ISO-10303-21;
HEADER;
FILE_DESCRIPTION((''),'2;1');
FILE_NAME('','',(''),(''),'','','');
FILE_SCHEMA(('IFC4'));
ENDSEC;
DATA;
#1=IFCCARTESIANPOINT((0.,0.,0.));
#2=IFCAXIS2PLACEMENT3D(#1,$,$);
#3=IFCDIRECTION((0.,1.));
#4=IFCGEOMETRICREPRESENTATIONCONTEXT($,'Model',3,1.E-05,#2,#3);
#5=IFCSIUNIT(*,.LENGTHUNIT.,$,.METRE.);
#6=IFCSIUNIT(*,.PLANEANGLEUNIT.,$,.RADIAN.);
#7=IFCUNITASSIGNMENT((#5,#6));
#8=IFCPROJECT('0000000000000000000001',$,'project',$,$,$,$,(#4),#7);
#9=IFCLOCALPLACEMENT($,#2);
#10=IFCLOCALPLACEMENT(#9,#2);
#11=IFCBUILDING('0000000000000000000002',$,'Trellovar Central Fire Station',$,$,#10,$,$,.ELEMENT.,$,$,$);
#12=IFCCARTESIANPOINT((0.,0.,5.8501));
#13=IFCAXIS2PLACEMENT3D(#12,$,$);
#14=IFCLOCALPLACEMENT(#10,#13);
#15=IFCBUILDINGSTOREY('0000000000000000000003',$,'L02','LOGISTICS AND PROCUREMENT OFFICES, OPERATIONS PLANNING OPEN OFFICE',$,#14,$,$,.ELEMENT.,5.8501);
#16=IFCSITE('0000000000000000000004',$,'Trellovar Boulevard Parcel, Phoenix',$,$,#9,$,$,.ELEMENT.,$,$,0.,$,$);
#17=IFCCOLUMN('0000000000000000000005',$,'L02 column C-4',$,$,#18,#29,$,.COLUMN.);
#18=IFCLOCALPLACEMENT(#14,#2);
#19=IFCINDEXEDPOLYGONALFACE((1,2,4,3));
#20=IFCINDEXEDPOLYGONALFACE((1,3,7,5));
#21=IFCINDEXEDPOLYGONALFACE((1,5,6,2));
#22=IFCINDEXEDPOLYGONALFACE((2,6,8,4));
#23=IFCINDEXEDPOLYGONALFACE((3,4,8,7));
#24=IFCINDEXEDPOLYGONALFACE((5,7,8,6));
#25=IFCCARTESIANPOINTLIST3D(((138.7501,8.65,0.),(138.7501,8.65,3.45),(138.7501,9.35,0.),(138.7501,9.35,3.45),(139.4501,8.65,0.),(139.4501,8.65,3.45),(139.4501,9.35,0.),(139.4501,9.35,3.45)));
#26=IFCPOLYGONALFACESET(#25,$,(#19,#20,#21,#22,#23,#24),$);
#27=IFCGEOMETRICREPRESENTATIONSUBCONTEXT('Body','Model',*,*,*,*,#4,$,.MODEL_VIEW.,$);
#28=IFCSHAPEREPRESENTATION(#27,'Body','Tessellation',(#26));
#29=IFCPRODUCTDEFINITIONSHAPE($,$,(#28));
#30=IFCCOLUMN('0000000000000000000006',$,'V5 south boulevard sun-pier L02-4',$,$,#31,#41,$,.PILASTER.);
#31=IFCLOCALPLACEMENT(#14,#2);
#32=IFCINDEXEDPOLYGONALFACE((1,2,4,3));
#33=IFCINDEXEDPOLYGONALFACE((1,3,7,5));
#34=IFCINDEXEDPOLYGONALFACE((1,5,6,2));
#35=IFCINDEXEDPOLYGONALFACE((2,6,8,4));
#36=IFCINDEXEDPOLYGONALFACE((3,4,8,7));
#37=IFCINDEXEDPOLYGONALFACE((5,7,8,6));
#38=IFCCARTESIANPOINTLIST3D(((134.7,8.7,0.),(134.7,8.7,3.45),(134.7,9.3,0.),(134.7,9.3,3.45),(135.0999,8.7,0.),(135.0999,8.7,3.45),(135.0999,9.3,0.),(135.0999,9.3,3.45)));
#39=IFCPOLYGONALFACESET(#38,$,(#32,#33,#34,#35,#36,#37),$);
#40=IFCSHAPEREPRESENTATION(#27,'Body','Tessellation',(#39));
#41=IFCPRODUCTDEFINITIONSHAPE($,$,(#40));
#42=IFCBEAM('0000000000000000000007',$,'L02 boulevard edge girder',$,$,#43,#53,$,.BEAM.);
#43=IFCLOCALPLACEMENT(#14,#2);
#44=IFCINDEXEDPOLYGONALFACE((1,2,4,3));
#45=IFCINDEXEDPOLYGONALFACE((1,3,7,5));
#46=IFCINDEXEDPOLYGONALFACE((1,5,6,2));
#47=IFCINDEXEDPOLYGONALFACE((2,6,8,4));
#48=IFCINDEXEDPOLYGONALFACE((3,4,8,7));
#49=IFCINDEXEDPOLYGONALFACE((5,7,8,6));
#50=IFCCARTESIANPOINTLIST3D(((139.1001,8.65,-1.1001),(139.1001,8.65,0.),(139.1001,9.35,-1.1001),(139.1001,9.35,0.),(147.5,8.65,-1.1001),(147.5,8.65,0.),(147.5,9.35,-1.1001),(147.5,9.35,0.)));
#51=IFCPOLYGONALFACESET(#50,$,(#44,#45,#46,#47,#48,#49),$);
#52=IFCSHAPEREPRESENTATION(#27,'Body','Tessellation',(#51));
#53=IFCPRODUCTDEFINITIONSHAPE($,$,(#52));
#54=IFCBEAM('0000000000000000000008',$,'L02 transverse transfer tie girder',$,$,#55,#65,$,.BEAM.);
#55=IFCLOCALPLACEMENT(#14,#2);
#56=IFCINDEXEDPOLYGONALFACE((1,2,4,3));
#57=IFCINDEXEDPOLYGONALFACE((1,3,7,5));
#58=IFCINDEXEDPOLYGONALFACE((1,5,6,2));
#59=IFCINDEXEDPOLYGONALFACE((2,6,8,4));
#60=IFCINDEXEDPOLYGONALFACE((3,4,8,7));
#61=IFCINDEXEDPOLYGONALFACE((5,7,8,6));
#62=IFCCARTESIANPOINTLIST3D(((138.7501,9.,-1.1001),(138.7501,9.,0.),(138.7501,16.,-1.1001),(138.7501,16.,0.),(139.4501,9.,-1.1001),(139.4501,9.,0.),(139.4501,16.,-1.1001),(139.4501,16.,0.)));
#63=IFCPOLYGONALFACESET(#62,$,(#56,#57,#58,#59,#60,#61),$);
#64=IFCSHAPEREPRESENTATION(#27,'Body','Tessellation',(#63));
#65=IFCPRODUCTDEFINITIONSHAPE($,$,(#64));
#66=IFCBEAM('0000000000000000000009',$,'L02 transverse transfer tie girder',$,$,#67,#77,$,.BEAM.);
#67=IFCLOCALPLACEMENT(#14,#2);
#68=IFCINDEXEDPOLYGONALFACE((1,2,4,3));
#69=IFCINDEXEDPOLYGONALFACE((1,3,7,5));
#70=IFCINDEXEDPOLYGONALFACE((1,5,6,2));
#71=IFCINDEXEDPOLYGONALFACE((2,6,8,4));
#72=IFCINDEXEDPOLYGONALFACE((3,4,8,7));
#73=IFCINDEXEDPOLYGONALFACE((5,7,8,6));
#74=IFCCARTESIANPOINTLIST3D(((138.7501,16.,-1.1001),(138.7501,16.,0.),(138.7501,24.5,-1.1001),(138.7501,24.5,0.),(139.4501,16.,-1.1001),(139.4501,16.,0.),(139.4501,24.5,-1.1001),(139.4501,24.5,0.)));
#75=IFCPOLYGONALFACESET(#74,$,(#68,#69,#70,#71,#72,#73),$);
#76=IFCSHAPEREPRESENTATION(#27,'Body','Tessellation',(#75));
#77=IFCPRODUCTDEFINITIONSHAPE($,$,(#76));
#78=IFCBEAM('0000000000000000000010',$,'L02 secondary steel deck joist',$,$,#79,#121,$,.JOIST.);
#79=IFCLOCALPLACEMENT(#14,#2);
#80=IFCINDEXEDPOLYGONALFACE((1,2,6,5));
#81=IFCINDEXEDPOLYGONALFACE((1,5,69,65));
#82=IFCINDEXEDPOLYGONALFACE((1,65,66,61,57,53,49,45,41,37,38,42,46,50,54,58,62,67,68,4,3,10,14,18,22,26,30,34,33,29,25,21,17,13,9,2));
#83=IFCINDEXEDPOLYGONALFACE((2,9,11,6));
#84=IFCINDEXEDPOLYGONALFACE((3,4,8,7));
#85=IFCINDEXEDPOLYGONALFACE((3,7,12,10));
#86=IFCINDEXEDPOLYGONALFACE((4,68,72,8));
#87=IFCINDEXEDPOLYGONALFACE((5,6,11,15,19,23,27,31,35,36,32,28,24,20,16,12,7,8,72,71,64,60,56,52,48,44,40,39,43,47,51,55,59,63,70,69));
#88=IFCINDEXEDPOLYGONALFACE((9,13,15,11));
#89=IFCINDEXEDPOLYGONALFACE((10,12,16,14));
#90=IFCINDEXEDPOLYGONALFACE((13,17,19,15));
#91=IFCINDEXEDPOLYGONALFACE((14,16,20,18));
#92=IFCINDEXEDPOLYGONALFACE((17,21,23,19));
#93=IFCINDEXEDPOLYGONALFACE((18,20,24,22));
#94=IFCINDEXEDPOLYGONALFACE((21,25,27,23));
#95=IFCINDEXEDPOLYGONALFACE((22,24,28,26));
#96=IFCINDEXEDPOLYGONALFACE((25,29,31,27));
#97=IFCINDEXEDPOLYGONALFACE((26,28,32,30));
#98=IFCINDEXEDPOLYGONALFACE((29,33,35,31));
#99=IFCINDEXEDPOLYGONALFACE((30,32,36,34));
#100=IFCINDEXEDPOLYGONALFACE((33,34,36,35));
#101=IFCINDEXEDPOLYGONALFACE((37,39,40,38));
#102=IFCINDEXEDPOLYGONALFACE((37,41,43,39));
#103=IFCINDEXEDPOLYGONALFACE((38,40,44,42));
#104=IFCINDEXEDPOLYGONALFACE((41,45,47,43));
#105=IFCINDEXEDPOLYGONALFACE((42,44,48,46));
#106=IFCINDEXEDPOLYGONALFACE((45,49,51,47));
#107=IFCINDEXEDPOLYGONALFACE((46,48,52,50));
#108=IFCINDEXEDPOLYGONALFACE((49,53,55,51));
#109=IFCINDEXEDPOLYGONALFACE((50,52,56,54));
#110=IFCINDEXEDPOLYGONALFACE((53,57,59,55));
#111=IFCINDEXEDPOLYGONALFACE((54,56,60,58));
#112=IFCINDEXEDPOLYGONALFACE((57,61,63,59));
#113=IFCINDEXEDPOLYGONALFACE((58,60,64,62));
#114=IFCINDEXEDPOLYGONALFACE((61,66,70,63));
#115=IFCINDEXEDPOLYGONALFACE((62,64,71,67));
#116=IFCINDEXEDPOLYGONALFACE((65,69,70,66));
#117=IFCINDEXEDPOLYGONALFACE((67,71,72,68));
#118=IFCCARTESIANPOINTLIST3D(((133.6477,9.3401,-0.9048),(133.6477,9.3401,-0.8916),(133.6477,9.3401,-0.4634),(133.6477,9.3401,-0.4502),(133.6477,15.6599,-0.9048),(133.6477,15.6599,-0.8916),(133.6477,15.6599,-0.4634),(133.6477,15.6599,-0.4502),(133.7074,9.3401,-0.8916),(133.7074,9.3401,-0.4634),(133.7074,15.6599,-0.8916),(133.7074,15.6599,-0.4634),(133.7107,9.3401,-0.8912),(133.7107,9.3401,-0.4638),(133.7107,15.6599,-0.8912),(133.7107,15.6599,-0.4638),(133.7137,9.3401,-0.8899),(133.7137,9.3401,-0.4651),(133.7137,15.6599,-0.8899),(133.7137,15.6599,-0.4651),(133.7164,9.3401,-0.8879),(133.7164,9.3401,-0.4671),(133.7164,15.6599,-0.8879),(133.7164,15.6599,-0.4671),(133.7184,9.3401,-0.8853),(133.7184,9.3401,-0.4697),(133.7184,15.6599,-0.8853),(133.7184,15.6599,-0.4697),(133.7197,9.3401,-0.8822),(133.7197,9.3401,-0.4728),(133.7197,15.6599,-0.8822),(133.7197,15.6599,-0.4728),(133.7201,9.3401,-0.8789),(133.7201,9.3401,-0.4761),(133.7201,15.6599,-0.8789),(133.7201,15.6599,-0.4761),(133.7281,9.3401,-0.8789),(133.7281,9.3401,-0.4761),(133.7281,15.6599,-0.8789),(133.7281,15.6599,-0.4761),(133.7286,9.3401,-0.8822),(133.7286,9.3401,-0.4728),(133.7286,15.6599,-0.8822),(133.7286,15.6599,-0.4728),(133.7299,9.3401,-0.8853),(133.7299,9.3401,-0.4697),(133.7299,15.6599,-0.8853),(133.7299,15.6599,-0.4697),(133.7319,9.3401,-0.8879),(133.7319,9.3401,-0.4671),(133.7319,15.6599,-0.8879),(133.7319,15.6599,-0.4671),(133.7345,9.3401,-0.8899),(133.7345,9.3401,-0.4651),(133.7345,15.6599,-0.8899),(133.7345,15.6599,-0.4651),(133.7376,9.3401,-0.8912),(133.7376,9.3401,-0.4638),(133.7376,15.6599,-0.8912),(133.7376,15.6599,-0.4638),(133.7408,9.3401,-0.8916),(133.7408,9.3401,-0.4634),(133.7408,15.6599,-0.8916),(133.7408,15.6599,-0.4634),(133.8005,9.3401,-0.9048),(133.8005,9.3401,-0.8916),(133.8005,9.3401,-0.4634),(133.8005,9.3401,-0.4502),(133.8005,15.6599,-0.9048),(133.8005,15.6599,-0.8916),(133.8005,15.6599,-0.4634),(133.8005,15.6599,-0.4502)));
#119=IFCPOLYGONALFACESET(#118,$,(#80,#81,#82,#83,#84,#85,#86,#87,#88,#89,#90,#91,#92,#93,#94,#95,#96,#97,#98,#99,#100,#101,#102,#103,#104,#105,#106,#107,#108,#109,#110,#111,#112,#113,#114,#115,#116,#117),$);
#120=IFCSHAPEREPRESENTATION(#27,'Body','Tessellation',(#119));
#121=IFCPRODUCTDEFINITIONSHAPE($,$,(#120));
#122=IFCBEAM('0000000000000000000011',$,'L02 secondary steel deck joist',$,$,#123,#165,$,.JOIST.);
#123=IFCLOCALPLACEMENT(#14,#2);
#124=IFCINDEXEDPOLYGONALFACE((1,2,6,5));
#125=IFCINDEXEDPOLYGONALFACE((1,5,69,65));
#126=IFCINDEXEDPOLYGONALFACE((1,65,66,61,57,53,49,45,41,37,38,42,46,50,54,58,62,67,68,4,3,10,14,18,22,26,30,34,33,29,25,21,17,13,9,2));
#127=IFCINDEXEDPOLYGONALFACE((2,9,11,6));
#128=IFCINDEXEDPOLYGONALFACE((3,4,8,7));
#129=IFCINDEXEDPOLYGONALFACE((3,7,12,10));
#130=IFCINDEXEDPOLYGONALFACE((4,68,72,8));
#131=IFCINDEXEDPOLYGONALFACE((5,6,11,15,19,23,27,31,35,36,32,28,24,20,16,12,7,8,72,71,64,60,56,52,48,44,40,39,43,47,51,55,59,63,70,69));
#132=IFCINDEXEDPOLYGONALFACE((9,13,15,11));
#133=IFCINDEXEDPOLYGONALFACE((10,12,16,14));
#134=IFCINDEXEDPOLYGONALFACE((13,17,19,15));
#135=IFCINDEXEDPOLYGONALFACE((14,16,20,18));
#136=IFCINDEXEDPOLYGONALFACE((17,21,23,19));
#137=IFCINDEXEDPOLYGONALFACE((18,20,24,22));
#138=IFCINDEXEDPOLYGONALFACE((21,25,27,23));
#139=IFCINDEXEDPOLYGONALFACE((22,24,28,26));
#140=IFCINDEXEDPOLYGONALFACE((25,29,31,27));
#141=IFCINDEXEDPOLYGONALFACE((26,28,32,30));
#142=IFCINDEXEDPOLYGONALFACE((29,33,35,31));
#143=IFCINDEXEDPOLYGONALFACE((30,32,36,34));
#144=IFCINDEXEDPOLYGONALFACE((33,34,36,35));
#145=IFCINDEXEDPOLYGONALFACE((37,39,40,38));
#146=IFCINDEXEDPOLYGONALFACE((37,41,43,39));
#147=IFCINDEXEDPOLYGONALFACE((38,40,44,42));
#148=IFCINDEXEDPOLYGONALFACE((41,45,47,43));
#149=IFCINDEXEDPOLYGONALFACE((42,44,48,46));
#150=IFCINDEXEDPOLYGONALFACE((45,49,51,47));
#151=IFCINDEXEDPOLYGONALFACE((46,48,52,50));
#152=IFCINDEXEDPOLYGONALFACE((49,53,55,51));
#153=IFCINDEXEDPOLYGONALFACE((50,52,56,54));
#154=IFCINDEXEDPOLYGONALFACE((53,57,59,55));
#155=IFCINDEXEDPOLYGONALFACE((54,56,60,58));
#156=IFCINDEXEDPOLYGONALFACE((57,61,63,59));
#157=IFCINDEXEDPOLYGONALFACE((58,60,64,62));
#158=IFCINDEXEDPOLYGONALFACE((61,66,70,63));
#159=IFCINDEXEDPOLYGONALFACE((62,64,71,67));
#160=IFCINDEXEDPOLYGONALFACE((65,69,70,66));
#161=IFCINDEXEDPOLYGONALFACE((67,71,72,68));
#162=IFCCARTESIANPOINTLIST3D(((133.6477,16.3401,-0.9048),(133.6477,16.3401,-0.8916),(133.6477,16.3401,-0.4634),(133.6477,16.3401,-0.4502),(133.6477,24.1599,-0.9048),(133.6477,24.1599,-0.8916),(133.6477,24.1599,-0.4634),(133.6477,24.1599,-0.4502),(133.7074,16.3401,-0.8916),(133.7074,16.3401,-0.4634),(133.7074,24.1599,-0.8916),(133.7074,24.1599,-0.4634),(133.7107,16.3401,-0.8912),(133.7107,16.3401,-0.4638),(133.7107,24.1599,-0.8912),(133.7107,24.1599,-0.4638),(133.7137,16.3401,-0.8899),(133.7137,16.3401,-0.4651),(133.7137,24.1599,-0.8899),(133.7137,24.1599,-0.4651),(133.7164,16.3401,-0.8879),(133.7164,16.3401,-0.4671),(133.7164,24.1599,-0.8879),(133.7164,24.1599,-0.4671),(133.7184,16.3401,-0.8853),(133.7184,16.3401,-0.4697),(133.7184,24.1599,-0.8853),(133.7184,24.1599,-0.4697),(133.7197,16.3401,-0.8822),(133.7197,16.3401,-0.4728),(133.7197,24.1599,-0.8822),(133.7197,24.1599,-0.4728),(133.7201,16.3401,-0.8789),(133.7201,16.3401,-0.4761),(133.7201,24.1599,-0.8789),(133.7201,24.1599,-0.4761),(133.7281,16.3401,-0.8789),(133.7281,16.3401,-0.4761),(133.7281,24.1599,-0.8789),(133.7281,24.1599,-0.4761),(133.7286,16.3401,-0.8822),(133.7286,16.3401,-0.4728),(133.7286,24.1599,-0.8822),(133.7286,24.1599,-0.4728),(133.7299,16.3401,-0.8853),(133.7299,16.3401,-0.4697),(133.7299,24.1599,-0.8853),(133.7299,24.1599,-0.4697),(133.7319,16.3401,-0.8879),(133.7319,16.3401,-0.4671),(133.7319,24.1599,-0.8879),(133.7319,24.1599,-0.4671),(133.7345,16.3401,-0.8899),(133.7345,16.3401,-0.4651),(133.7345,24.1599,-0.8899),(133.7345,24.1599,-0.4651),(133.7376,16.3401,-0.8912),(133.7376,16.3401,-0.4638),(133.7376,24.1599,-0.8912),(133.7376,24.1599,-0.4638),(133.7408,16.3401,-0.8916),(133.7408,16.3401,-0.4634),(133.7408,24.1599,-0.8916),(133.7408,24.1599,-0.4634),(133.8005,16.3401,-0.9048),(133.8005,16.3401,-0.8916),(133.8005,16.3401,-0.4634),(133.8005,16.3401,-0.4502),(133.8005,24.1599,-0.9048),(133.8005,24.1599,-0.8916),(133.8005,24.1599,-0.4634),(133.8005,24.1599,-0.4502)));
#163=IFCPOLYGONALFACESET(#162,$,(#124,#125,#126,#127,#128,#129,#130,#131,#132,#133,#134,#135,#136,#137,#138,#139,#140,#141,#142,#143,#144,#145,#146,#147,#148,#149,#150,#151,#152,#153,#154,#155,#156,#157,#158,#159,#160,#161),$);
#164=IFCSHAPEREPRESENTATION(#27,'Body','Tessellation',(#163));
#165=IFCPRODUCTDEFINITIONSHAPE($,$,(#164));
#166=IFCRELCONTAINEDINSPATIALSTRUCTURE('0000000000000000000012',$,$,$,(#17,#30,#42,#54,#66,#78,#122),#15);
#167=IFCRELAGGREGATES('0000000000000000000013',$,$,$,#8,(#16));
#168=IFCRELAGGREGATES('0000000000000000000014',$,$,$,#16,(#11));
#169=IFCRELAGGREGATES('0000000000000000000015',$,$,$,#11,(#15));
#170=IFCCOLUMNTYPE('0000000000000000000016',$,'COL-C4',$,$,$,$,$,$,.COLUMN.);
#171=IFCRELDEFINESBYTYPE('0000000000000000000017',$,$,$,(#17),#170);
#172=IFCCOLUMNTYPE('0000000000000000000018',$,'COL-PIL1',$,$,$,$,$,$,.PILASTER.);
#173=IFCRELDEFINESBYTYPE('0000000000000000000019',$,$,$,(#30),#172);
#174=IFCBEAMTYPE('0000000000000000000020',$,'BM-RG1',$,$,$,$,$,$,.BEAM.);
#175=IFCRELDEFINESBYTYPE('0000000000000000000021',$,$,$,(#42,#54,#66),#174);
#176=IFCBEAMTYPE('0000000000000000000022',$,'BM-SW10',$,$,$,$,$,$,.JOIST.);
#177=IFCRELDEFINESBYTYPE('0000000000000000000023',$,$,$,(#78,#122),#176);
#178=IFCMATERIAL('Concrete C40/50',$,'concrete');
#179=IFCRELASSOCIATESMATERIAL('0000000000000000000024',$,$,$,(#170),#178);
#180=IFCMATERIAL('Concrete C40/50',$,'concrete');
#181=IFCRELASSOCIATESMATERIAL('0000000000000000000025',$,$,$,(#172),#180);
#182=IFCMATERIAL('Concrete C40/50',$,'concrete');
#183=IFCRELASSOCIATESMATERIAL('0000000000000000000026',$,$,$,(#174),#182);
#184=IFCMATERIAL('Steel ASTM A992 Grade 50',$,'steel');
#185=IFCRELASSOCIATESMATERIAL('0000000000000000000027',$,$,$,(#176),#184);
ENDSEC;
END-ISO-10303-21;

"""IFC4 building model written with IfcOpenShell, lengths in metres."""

from ifc_helpers import new_model, si_unit, direction, frame, origin, origin_2d, place, context, subcontext, project, spatial, rectangle, i_section, extrude, material, material_profile, profile_set, type_object, element, save


model = new_model("IFC4")

# Units and contexts
model_context = context("Model", 3, precision=1e-05, world=origin(), true_north=direction((0.0, 1.0)))
body_context = subcontext(model_context, "Body", "Model", "MODEL_VIEW")
ifc_project = project(units=[si_unit("LENGTHUNIT", "METRE"), si_unit("PLANEANGLEUNIT", "RADIAN")], contexts=[model_context])

# Site, building, storey
site_placement = place(None, origin())
site = spatial("IfcSite", under=ifc_project, at=site_placement, Name="Trellovar Boulevard Parcel, Phoenix", CompositionType="ELEMENT", RefElevation=0.0)
building_placement = place(site_placement, origin())
building = spatial("IfcBuilding", under=site, at=building_placement, Name="Trellovar Central Fire Station", CompositionType="ELEMENT")
storey_placement = place(building_placement, frame((0.0, 0.0, 5.8501)))
storey = spatial("IfcBuildingStorey", under=building, at=storey_placement, Name="L02", Description="LOGISTICS AND PROCUREMENT OFFICES, OPERATIONS PLANNING OPEN OFFICE", CompositionType="ELEMENT", Elevation=5.8501)

# Columns
ifc_material_1 = material(Name="Concrete C40/50", Category="concrete")
ifc_material_profile_1 = material_profile(ifc_material_1, rectangle(XDim=0.7, YDim=0.7, at=origin_2d()), Name="RC700X700")
ifc_profile_set_1 = profile_set([ifc_material_profile_1], Name="Concrete C40/50")
column_type_1 = type_object("IfcColumnType", Name="COL-C4", PredefinedType="COLUMN", material=ifc_profile_set_1)
column_1_placement = place(storey_placement, frame((139.1001, 9.0, 0.0), z_axis=(0.0, 0.0, 1.0), x_axis=(1.0, 0.0, 0.0)))
element("IfcColumn", 1, at=column_1_placement, inside=storey, type_object=column_type_1, Name="L02 column C-4", PredefinedType="COLUMN", context=body_context, shape_type="SweptSolid", body=[
    extrude(rectangle(XDim=0.7, YDim=0.7, at=origin_2d()), origin(), (0.0, 0.0, 1.0), 3.45),
])
ifc_material_2 = material(Name="Concrete C40/50", Category="concrete")
ifc_material_profile_2 = material_profile(ifc_material_2, rectangle(XDim=0.3999, YDim=0.6001, at=origin_2d()), Name="RC400X600")
ifc_profile_set_2 = profile_set([ifc_material_profile_2], Name="Concrete C40/50")
column_type_2 = type_object("IfcColumnType", Name="COL-PIL1", PredefinedType="PILASTER", material=ifc_profile_set_2)
column_2_placement = place(storey_placement, frame((134.8999, 9.0, 0.0), z_axis=(0.0, 0.0, 1.0), x_axis=(1.0, 0.0, 0.0)))
element("IfcColumn", 2, at=column_2_placement, inside=storey, type_object=column_type_2, Name="V5 south boulevard sun-pier L02-4", PredefinedType="PILASTER", context=body_context, shape_type="SweptSolid", body=[
    extrude(rectangle(XDim=0.3999, YDim=0.6001, at=origin_2d()), origin(), (0.0, 0.0, 1.0), 3.45),
])

# Beams
ifc_material_3 = material(Name="Concrete C40/50", Category="concrete")
ifc_material_profile_3 = material_profile(ifc_material_3, rectangle(XDim=0.7, YDim=1.1001, at=origin_2d()), Name="RC700X1100")
ifc_profile_set_3 = profile_set([ifc_material_profile_3], Name="Concrete C40/50")
beam_type_1 = type_object("IfcBeamType", Name="BM-RG1", PredefinedType="BEAM", material=ifc_profile_set_3)
beam_1_placement = place(storey_placement, frame((139.1001, 9.0, -0.55), z_axis=(1.0, 0.0, 0.0), x_axis=(0.0, 1.0, 0.0)))
element("IfcBeam", 3, at=beam_1_placement, inside=storey, type_object=beam_type_1, Name="L02 boulevard edge girder", PredefinedType="BEAM", context=body_context, shape_type="SweptSolid", body=[
    extrude(rectangle(XDim=0.7, YDim=1.1001, at=origin_2d()), origin(), (0.0, 0.0, 1.0), 8.3999),
])
beam_2_placement = place(storey_placement, frame((139.1001, 9.0, -0.55), z_axis=(0.0, 1.0, 0.0), x_axis=(-1.0, 0.0, 0.0)))
element("IfcBeam", 4, at=beam_2_placement, inside=storey, type_object=beam_type_1, Name="L02 transverse transfer tie girder", PredefinedType="BEAM", context=body_context, shape_type="SweptSolid", body=[
    extrude(rectangle(XDim=0.7, YDim=1.1001, at=origin_2d()), origin(), (0.0, 0.0, 1.0), 7.0),
])
beam_3_placement = place(storey_placement, frame((139.1001, 16.0, -0.55), z_axis=(0.0, 1.0, 0.0), x_axis=(-1.0, 0.0, 0.0)))
element("IfcBeam", 5, at=beam_3_placement, inside=storey, type_object=beam_type_1, Name="L02 transverse transfer tie girder", PredefinedType="BEAM", context=body_context, shape_type="SweptSolid", body=[
    extrude(rectangle(XDim=0.7, YDim=1.1001, at=origin_2d()), origin(), (0.0, 0.0, 1.0), 8.5),
])
ifc_material_4 = material(Name="Steel ASTM A992 Grade 50", Category="steel")
ifc_material_profile_4 = material_profile(ifc_material_4, i_section(OverallWidth=0.1528, OverallDepth=0.4546, WebThickness=0.0081, FlangeThickness=0.0132, FilletRadius=0.0127, at=origin_2d()), Name="W18X40")
ifc_profile_set_4 = profile_set([ifc_material_profile_4], Name="Steel ASTM A992 Grade 50")
beam_type_2 = type_object("IfcBeamType", Name="BM-SW10", PredefinedType="JOIST", material=ifc_profile_set_4)
beam_4_placement = place(storey_placement, frame((133.7241, 9.3401, -0.6775), z_axis=(0.0, 1.0, 0.0), x_axis=(-1.0, 0.0, 0.0)))
element("IfcBeam", 6, at=beam_4_placement, inside=storey, type_object=beam_type_2, Name="L02 secondary steel deck joist", PredefinedType="JOIST", context=body_context, shape_type="SweptSolid", body=[
    extrude(i_section(OverallWidth=0.1528, OverallDepth=0.4546, WebThickness=0.0081, FlangeThickness=0.0132, FilletRadius=0.0127, at=origin_2d()), origin(), (0.0, 0.0, 1.0), 6.3198),
])
beam_5_placement = place(storey_placement, frame((133.7241, 16.3401, -0.6775), z_axis=(0.0, 1.0, 0.0), x_axis=(-1.0, 0.0, 0.0)))
element("IfcBeam", 7, at=beam_5_placement, inside=storey, type_object=beam_type_2, Name="L02 secondary steel deck joist", PredefinedType="JOIST", context=body_context, shape_type="SweptSolid", body=[
    extrude(i_section(OverallWidth=0.1528, OverallDepth=0.4546, WebThickness=0.0081, FlangeThickness=0.0132, FilletRadius=0.0127, at=origin_2d()), origin(), (0.0, 0.0, 1.0), 7.8198),
])

save(model, "model.ifc")
